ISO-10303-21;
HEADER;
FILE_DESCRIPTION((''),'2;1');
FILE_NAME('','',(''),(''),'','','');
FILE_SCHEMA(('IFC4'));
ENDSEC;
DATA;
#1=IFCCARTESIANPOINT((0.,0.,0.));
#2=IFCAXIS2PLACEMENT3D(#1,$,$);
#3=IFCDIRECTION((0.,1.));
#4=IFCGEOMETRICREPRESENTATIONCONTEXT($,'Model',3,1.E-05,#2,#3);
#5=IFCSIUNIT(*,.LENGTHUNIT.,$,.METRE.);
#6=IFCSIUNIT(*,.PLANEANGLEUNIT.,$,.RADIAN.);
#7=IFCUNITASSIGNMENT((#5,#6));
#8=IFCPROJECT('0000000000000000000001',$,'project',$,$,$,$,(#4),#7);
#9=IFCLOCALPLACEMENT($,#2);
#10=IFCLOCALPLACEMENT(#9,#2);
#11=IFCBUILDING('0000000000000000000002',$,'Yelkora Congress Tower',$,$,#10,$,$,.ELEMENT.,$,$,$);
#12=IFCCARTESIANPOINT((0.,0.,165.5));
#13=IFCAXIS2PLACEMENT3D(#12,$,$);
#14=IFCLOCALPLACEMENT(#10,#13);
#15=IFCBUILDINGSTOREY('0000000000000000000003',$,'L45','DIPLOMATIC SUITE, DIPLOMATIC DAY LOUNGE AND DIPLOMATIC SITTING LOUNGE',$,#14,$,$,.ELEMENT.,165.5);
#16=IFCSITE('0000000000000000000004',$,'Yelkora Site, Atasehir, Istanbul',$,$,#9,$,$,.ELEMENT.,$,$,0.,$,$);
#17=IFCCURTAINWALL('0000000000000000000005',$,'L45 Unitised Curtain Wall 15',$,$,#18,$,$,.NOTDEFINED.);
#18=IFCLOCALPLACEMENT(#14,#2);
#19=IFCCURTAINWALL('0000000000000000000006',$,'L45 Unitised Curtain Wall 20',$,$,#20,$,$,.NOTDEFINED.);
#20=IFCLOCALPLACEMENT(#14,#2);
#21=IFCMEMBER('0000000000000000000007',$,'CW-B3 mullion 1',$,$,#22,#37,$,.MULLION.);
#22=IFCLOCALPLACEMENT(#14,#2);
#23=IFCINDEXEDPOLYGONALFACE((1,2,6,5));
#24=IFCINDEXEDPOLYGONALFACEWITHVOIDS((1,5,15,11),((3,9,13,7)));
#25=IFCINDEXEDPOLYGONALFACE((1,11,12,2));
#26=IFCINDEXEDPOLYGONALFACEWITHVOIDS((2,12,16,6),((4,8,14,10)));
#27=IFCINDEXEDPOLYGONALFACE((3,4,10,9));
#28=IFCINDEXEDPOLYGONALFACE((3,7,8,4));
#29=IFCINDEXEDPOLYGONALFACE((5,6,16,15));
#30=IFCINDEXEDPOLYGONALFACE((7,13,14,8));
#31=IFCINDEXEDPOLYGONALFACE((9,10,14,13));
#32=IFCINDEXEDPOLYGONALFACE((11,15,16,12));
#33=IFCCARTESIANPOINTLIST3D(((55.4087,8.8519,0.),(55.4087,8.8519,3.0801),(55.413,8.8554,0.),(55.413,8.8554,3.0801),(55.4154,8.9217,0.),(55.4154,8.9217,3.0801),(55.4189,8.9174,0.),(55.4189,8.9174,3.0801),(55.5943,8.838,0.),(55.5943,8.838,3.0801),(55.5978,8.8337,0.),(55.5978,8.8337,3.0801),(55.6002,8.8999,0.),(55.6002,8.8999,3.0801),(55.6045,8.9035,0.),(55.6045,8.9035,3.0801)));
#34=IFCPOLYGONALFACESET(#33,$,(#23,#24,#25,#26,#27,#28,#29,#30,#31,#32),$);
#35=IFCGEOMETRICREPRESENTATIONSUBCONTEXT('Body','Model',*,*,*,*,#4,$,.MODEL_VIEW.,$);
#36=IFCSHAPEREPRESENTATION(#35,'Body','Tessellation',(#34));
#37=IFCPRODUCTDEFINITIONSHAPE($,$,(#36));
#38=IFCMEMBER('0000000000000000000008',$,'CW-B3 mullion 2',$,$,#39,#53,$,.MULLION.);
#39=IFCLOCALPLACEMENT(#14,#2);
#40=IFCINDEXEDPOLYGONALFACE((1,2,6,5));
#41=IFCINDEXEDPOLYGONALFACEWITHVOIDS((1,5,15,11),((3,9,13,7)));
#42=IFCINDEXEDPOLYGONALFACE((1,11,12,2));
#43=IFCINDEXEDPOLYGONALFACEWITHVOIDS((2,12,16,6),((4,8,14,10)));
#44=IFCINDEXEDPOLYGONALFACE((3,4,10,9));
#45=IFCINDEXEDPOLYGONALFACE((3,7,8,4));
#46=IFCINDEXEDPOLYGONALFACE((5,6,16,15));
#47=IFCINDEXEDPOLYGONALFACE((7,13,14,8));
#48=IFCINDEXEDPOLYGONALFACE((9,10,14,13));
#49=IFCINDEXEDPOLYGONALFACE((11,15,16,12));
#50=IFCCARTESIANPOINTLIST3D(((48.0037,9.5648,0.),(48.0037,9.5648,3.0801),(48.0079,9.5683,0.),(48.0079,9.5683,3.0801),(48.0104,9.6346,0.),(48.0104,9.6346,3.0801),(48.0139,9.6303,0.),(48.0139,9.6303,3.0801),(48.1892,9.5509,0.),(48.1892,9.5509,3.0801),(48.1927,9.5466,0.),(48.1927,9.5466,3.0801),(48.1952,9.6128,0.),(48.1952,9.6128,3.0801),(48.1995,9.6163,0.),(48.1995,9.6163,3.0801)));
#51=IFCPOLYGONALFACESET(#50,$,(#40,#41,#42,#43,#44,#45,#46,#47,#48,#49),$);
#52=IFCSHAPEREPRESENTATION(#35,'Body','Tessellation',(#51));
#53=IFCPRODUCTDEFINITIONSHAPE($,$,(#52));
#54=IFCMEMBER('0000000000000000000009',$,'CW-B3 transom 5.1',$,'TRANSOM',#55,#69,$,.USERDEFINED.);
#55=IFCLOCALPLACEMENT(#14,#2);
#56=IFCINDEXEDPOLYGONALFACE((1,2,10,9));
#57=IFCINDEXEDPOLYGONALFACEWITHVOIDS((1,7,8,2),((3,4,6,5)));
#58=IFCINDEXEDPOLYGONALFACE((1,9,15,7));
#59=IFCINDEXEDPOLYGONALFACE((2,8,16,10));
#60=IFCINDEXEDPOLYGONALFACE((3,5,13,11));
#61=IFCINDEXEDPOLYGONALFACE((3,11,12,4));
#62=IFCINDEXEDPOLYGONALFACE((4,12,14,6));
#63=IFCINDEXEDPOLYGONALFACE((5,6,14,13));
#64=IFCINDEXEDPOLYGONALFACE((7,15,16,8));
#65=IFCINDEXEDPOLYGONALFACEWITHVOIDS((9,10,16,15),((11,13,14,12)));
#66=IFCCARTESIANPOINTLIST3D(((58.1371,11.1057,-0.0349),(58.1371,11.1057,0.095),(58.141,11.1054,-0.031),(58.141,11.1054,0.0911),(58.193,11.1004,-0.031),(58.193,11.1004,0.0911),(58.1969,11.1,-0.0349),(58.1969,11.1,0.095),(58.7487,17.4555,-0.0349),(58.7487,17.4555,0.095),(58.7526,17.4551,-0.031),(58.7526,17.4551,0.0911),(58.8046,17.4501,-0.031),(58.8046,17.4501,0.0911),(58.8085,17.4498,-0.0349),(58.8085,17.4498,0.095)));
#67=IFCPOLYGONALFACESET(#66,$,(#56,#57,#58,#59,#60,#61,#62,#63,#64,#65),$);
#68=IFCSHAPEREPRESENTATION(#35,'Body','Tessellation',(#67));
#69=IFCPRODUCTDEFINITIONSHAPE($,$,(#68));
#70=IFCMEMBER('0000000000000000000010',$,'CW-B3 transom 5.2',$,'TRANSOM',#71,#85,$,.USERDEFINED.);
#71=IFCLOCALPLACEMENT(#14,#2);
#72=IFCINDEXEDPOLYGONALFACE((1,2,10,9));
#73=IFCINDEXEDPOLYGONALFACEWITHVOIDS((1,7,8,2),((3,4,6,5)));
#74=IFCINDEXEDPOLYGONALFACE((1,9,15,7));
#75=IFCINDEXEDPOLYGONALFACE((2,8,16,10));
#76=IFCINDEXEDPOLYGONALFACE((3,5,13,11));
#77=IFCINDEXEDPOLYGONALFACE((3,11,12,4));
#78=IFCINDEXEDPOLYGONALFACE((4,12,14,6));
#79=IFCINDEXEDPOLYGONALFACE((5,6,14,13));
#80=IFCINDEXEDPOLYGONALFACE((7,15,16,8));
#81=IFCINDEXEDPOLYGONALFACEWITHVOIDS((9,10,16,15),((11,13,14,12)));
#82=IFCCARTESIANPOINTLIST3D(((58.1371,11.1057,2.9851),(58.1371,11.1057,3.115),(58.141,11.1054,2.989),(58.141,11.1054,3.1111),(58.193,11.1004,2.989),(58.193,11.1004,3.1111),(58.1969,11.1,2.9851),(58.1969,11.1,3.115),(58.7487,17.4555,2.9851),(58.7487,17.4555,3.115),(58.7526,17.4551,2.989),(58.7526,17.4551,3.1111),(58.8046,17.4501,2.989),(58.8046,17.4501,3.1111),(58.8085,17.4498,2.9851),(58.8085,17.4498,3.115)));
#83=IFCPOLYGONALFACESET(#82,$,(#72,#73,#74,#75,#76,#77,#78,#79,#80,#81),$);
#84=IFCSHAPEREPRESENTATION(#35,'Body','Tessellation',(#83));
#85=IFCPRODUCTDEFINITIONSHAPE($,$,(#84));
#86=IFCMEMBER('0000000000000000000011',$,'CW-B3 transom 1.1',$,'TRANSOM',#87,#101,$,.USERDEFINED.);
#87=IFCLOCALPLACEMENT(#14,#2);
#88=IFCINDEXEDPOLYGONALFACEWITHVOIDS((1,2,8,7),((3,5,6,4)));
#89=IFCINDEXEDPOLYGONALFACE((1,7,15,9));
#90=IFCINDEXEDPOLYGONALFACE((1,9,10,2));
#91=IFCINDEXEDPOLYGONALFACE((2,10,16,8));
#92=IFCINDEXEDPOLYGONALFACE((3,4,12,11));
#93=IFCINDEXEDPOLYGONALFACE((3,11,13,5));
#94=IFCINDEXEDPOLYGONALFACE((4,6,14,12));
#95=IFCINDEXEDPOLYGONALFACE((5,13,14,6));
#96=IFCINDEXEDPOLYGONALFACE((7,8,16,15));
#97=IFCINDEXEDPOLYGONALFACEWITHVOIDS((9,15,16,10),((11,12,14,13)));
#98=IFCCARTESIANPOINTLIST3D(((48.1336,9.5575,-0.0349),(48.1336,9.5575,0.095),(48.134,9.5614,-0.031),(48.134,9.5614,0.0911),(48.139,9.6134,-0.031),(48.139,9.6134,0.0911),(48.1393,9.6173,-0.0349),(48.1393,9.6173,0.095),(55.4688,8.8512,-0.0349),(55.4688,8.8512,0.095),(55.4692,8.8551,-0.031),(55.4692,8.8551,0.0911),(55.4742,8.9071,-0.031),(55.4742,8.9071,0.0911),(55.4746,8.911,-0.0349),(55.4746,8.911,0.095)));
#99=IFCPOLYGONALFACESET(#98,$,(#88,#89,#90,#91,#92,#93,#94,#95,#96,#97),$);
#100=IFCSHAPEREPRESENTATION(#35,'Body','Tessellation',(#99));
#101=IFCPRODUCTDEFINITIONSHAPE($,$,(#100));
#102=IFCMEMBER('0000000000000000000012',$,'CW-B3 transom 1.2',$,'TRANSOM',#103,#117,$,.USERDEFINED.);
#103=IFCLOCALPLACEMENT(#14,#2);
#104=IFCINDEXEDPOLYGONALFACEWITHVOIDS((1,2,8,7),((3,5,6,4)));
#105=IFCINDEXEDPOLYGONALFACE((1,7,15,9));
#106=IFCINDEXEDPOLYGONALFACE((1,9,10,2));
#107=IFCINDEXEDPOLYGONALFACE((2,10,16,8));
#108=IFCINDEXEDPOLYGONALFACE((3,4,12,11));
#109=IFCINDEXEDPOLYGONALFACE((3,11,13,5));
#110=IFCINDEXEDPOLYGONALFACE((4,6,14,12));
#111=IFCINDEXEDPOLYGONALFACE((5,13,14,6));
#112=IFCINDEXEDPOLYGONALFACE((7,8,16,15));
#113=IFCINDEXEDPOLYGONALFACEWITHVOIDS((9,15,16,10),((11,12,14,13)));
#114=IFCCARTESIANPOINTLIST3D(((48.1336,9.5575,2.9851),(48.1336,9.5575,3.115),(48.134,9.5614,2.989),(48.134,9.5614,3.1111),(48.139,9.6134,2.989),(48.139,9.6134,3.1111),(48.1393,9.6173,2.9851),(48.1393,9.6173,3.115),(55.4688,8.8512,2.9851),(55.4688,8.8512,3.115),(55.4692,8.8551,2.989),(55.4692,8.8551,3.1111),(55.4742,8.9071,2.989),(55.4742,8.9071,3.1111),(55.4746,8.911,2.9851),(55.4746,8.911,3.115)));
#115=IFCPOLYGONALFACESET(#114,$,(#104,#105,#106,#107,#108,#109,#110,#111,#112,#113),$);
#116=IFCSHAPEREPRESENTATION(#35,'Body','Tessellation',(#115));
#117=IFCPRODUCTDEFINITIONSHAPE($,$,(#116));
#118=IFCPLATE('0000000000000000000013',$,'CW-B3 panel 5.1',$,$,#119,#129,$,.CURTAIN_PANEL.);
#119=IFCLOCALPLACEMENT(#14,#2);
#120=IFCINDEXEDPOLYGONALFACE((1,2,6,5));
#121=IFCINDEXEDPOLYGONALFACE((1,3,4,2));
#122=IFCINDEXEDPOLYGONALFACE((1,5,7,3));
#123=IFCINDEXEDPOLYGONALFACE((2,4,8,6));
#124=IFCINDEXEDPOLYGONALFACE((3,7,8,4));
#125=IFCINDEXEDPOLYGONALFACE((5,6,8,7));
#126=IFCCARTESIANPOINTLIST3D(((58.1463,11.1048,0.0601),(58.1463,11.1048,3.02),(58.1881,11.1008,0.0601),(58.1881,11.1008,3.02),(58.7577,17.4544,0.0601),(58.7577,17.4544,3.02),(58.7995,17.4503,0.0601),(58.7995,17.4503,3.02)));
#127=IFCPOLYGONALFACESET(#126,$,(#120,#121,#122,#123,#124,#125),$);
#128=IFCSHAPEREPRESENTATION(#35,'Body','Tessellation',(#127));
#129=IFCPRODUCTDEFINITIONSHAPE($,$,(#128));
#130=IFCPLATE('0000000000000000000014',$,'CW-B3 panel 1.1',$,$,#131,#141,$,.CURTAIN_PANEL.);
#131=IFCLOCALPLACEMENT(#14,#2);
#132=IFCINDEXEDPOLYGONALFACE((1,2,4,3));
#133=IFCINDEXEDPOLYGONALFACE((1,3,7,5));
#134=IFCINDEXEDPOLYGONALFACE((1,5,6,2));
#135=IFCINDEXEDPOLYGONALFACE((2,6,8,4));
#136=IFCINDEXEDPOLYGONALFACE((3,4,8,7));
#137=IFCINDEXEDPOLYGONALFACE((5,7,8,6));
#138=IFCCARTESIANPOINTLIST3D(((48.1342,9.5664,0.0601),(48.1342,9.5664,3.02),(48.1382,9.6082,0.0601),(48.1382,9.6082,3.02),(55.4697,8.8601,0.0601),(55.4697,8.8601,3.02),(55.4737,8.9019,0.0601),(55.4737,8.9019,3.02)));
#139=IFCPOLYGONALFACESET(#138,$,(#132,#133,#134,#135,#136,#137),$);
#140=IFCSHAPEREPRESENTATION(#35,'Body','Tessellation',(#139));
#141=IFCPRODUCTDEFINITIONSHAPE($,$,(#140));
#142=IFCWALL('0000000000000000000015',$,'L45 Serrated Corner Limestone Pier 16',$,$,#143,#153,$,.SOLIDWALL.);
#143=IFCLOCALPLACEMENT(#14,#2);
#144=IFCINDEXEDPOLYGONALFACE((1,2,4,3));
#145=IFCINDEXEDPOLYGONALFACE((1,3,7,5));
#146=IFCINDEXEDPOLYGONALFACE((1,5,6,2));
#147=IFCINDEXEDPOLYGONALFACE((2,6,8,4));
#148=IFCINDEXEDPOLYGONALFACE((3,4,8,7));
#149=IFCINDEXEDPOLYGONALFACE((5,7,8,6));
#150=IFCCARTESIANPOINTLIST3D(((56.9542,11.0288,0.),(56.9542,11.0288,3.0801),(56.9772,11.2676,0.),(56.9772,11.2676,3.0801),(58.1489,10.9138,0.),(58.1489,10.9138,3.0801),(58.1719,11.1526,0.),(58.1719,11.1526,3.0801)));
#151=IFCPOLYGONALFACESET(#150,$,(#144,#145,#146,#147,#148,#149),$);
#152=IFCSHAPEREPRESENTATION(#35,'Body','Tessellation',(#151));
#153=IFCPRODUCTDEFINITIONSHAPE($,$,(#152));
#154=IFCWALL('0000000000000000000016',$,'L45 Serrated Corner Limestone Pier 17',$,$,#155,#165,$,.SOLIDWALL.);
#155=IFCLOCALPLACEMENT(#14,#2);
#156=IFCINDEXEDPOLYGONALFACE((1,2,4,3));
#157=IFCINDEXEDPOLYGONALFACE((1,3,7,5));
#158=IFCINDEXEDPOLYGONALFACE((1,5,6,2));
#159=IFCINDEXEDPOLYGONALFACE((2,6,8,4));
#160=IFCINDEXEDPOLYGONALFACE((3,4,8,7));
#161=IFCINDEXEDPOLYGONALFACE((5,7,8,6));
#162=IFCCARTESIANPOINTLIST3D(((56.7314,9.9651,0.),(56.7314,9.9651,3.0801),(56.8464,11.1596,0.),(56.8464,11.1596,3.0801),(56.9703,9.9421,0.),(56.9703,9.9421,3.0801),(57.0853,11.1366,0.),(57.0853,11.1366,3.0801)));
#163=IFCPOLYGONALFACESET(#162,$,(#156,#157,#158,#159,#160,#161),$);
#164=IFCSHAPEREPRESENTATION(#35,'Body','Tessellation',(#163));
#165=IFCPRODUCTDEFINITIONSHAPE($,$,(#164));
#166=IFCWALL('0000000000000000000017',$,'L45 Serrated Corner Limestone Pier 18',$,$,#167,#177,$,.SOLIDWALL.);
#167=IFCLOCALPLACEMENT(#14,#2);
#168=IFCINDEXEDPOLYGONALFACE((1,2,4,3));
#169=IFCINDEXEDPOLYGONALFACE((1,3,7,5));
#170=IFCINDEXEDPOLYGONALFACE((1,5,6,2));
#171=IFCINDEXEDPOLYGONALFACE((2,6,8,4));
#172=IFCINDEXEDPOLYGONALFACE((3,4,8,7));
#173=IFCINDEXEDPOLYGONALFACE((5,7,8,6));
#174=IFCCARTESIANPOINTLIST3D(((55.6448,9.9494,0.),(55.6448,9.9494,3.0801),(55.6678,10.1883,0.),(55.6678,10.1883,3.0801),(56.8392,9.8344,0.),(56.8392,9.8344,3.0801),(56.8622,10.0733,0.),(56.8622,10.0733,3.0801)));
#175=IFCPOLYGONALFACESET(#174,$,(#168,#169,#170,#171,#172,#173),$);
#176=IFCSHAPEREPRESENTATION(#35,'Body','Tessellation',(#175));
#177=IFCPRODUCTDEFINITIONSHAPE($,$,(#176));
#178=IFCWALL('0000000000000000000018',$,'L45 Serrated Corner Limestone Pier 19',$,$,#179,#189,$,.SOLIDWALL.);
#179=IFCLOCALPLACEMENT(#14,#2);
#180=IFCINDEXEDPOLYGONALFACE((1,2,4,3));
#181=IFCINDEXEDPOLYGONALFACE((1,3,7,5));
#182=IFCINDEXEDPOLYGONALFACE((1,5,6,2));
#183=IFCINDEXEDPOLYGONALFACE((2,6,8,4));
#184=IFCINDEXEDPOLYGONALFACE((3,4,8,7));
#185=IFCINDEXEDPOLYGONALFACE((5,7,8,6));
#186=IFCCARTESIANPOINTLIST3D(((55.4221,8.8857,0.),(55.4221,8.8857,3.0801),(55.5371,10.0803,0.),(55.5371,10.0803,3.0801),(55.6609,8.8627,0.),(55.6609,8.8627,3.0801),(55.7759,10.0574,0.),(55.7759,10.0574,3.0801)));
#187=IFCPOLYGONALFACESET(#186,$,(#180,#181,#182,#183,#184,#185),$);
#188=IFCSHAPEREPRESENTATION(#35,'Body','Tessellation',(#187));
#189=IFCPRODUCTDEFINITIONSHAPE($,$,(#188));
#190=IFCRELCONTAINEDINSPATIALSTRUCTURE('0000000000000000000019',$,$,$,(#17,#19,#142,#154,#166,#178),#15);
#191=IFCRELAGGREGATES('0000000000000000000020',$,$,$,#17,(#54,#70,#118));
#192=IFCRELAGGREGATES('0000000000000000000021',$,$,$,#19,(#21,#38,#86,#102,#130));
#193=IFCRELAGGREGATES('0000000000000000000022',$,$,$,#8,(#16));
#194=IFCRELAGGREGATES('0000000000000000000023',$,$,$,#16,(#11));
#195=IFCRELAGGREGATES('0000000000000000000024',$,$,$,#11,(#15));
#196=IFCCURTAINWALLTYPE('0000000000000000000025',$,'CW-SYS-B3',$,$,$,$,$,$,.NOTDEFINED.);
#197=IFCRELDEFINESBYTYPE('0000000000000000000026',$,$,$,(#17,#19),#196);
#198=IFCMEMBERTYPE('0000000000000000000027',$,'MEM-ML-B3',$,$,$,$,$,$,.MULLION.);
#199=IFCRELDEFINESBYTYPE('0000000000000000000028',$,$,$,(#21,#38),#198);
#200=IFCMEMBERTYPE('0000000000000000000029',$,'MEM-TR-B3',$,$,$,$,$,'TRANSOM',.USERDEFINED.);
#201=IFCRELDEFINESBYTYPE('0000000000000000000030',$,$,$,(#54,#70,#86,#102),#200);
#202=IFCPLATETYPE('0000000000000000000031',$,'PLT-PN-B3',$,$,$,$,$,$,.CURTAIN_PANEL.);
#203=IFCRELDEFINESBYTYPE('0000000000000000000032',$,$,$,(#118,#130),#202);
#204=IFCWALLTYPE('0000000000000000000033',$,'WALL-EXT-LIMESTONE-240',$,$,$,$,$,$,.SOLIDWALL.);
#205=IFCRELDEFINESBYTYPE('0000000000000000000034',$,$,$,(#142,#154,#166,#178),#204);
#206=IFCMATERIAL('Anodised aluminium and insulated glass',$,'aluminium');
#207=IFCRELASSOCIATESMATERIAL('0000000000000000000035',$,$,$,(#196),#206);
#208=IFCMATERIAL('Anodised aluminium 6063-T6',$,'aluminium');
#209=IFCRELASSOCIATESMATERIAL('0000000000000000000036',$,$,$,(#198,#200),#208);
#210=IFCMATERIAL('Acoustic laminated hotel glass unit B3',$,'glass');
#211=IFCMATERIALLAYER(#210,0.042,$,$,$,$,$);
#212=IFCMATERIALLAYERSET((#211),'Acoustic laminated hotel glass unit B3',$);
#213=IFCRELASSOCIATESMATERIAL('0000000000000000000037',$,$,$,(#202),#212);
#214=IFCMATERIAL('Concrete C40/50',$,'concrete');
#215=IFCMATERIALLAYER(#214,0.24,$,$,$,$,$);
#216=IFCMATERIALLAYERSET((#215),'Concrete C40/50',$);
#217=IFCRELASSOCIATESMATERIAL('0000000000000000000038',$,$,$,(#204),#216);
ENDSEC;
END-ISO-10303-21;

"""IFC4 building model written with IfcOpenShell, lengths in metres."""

from ifc_helpers import new_model, si_unit, direction, frame, frame_2d, origin, origin_2d, place, context, subcontext, project, spatial, rectangle, hollow_rectangle, extrude, material, layer, layer_set, material_profile, profile_set, type_object, element, aggregate, save


model = new_model("IFC4")

# Units and contexts
model_context = context("Model", 3, precision=1e-05, world=origin(), true_north=direction((0.0, 1.0)))
body_context = subcontext(model_context, "Body", "Model", "MODEL_VIEW")
ifc_project = project(units=[si_unit("LENGTHUNIT", "METRE"), si_unit("PLANEANGLEUNIT", "RADIAN")], contexts=[model_context])

# Site, building, storey
site_placement = place(None, origin())
site = spatial("IfcSite", under=ifc_project, at=site_placement, Name="Yelkora Site, Atasehir, Istanbul", CompositionType="ELEMENT", RefElevation=0.0)
building_placement = place(site_placement, origin())
building = spatial("IfcBuilding", under=site, at=building_placement, Name="Yelkora Congress Tower", CompositionType="ELEMENT")
storey_placement = place(building_placement, frame((0.0, 0.0, 165.5)))
storey = spatial("IfcBuildingStorey", under=building, at=storey_placement, Name="L45", Description="DIPLOMATIC SUITE, DIPLOMATIC DAY LOUNGE AND DIPLOMATIC SITTING LOUNGE", CompositionType="ELEMENT", Elevation=165.5)

# Curtain walls, members
ifc_material_1 = material(Name="Anodised aluminium and insulated glass", Category="aluminium")
curtain_wall_type = type_object("IfcCurtainWallType", Name="CW-SYS-B3", PredefinedType="NOTDEFINED", material=ifc_material_1)
curtain_wall_1_placement = place(storey_placement, origin())
curtain_wall_1 = element("IfcCurtainWall", 1, at=curtain_wall_1_placement, inside=storey, type_object=curtain_wall_type, Name="L45 Unitised Curtain Wall 15", PredefinedType="NOTDEFINED")
ifc_material_2 = material(Name="Anodised aluminium 6063-T6", Category="aluminium")
ifc_material_profile_1 = material_profile(ifc_material_2, hollow_rectangle(XDim=0.0701, YDim=0.1899, WallThickness=0.0039, at=origin_2d()), Name="ALU 70x190x4")
ifc_profile_set_1 = profile_set([ifc_material_profile_1], Name="Anodised aluminium 6063-T6")
member_type_1 = type_object("IfcMemberType", Name="MEM-ML-B3", PredefinedType="MULLION", material=ifc_profile_set_1)
curtain_wall_2_placement = place(storey_placement, origin())
curtain_wall_2 = element("IfcCurtainWall", 2, at=curtain_wall_2_placement, inside=storey, type_object=curtain_wall_type, Name="L45 Unitised Curtain Wall 20", PredefinedType="NOTDEFINED")
member_1_placement = place(storey_placement, frame((55.5066, 8.8777, 0.0), z_axis=(0.0, 0.0, 1.0), x_axis=(-0.095845, -0.995396, 0.0)))
member_1 = element("IfcMember", 3, at=member_1_placement, type_object=member_type_1, Name="CW-B3 mullion 1", PredefinedType="MULLION", context=body_context, shape_type="SweptSolid", body=[
    extrude(hollow_rectangle(XDim=0.0701, YDim=0.1899, WallThickness=0.0039, at=origin_2d()), origin(), (0.0, 0.0, 1.0), 3.0801),
])
member_2_placement = place(storey_placement, frame((48.1016, 9.5906, 0.0), z_axis=(0.0, 0.0, 1.0), x_axis=(-0.095845, -0.995396, 0.0)))
member_2 = element("IfcMember", 4, at=member_2_placement, type_object=member_type_1, Name="CW-B3 mullion 2", PredefinedType="MULLION", context=body_context, shape_type="SweptSolid", body=[
    extrude(hollow_rectangle(XDim=0.0701, YDim=0.1899, WallThickness=0.0039, at=origin_2d()), origin(), (0.0, 0.0, 1.0), 3.0801),
])

# Members
ifc_material_profile_2 = material_profile(ifc_material_2, hollow_rectangle(XDim=0.0601, YDim=0.1299, WallThickness=0.0039, at=origin_2d()), Name="ALU 60x130x4")
ifc_profile_set_2 = profile_set([ifc_material_profile_2], Name="Anodised aluminium 6063-T6")
member_type_2 = type_object("IfcMemberType", Name="MEM-TR-B3", ElementType="TRANSOM", PredefinedType="USERDEFINED", material=ifc_profile_set_2)
member_3_placement = place(storey_placement, frame((58.7786, 17.4526, 0.03), z_axis=(-0.095869, -0.995394, 0.0), x_axis=(0.995394, -0.095869, 0.0)))
member_3 = element("IfcMember", 5, at=member_3_placement, type_object=member_type_2, Name="CW-B3 transom 5.1", ObjectType="TRANSOM", PredefinedType="USERDEFINED", context=body_context, shape_type="SweptSolid", body=[
    extrude(hollow_rectangle(XDim=0.0601, YDim=0.1299, WallThickness=0.0039, at=origin_2d()), origin(), (0.0, 0.0, 1.0), 6.3792),
])
member_4_placement = place(storey_placement, frame((58.7786, 17.4526, 3.05), z_axis=(-0.095869, -0.995394, 0.0), x_axis=(0.995394, -0.095869, 0.0)))
member_4 = element("IfcMember", 6, at=member_4_placement, type_object=member_type_2, Name="CW-B3 transom 5.2", ObjectType="TRANSOM", PredefinedType="USERDEFINED", context=body_context, shape_type="SweptSolid", body=[
    extrude(hollow_rectangle(XDim=0.0601, YDim=0.1299, WallThickness=0.0039, at=origin_2d()), origin(), (0.0, 0.0, 1.0), 6.3792),
])
member_5_placement = place(storey_placement, frame((55.4717, 8.8811, 0.03), z_axis=(-0.995396, 0.095846, 0.0), x_axis=(-0.095846, -0.995396, 0.0)))
member_5 = element("IfcMember", 7, at=member_5_placement, type_object=member_type_2, Name="CW-B3 transom 1.1", ObjectType="TRANSOM", PredefinedType="USERDEFINED", context=body_context, shape_type="SweptSolid", body=[
    extrude(hollow_rectangle(XDim=0.0601, YDim=0.1299, WallThickness=0.0039, at=origin_2d()), origin(), (0.0, 0.0, 1.0), 7.3691),
])
member_6_placement = place(storey_placement, frame((55.4717, 8.8811, 3.05), z_axis=(-0.995396, 0.095846, 0.0), x_axis=(-0.095846, -0.995396, 0.0)))
member_6 = element("IfcMember", 8, at=member_6_placement, type_object=member_type_2, Name="CW-B3 transom 1.2", ObjectType="TRANSOM", PredefinedType="USERDEFINED", context=body_context, shape_type="SweptSolid", body=[
    extrude(hollow_rectangle(XDim=0.0601, YDim=0.1299, WallThickness=0.0039, at=origin_2d()), origin(), (0.0, 0.0, 1.0), 7.3691),
])

# Plates
ifc_material_3 = material(Name="Acoustic laminated hotel glass unit B3", Category="glass")
ifc_layer_1 = layer(ifc_material_3, 0.042)
ifc_layer_set_1 = layer_set([ifc_layer_1], Name="Acoustic laminated hotel glass unit B3")
plate_type = type_object("IfcPlateType", Name="PLT-PN-B3", PredefinedType="CURTAIN_PANEL", material=ifc_layer_set_1)
plate_1_placement = place(storey_placement, frame((58.4729, 14.2776, 0.0601), z_axis=(0.0, 0.0, 1.0), x_axis=(-0.095842, -0.995397, 0.0)))
plate_1 = element("IfcPlate", 9, at=plate_1_placement, type_object=plate_type, Name="CW-B3 panel 5.1", PredefinedType="CURTAIN_PANEL", context=body_context, shape_type="SweptSolid", body=[
    extrude(rectangle(XDim=6.3789, YDim=0.042, at=origin_2d()), origin(), (0.0, 0.0, 1.0), 2.96),
])
aggregate(curtain_wall_1, [member_3, member_4, plate_1])
plate_2_placement = place(storey_placement, frame((51.804, 9.2341, 0.0601), z_axis=(0.0, 0.0, 1.0), x_axis=(-0.995396, 0.095845, 0.0)))
plate_2 = element("IfcPlate", 10, at=plate_2_placement, type_object=plate_type, Name="CW-B3 panel 1.1", PredefinedType="CURTAIN_PANEL", context=body_context, shape_type="SweptSolid", body=[
    extrude(rectangle(XDim=7.3694, YDim=0.042, at=origin_2d()), origin(), (0.0, 0.0, 1.0), 2.96),
])
aggregate(curtain_wall_2, [member_1, member_2, member_5, member_6, plate_2])

# Walls
ifc_material_4 = material(Name="Concrete C40/50", Category="concrete")
ifc_layer_2 = layer(ifc_material_4, 0.24)
ifc_layer_set_2 = layer_set([ifc_layer_2], Name="Concrete C40/50")
wall_type_1 = type_object("IfcWallType", Name="WALL-EXT-LIMESTONE-240", PredefinedType="SOLIDWALL", material=ifc_layer_set_2)
wall_1_placement = place(storey_placement, frame((58.1604, 11.0332, 0.0), z_axis=(0.0, 0.0, 1.0), x_axis=(-0.995399, 0.095817, 0.0)))
element("IfcWall", 11, at=wall_1_placement, inside=storey, type_object=wall_type_1, Name="L45 Serrated Corner Limestone Pier 16", PredefinedType="SOLIDWALL", context=body_context, shape_type="SweptSolid", body=[
    extrude(rectangle(XDim=1.2002, YDim=0.24, at=frame_2d((0.6001, 0.0))), origin(), (0.0, 0.0, 1.0), 3.0801),
])
for number, where, z_axis, x_axis, name in (
    (12, (56.9658, 11.1482, 0.0), (0.0, 0.0, 1.0), (-0.095836, -0.995397, 0.0), "L45 Serrated Corner Limestone Pier 17"),
    (13, (56.8508, 9.9539, 0.0), (0.0, 0.0, 1.0), (-0.995397, 0.095836, 0.0), "L45 Serrated Corner Limestone Pier 18"),
):
    element("IfcWall", number, at=place(storey_placement, frame(where, z_axis=z_axis, x_axis=x_axis)), inside=storey, type_object=wall_type_1, Name=name, PredefinedType="SOLIDWALL", context=body_context, shape_type="SweptSolid", body=[
        extrude(rectangle(XDim=1.2, YDim=0.24, at=frame_2d((0.6001, 0.0))), origin(), (0.0, 0.0, 1.0), 3.0801),
    ])
wall_2_placement = place(storey_placement, frame((55.6565, 10.0688, 0.0), z_axis=(0.0, 0.0, 1.0), x_axis=(-0.095817, -0.995399, 0.0)))
element("IfcWall", 14, at=wall_2_placement, inside=storey, type_object=wall_type_1, Name="L45 Serrated Corner Limestone Pier 19", PredefinedType="SOLIDWALL", context=body_context, shape_type="SweptSolid", body=[
    extrude(rectangle(XDim=1.2002, YDim=0.24, at=frame_2d((0.6001, 0.0))), origin(), (0.0, 0.0, 1.0), 3.0801),
])

save(model, "model.ifc")
